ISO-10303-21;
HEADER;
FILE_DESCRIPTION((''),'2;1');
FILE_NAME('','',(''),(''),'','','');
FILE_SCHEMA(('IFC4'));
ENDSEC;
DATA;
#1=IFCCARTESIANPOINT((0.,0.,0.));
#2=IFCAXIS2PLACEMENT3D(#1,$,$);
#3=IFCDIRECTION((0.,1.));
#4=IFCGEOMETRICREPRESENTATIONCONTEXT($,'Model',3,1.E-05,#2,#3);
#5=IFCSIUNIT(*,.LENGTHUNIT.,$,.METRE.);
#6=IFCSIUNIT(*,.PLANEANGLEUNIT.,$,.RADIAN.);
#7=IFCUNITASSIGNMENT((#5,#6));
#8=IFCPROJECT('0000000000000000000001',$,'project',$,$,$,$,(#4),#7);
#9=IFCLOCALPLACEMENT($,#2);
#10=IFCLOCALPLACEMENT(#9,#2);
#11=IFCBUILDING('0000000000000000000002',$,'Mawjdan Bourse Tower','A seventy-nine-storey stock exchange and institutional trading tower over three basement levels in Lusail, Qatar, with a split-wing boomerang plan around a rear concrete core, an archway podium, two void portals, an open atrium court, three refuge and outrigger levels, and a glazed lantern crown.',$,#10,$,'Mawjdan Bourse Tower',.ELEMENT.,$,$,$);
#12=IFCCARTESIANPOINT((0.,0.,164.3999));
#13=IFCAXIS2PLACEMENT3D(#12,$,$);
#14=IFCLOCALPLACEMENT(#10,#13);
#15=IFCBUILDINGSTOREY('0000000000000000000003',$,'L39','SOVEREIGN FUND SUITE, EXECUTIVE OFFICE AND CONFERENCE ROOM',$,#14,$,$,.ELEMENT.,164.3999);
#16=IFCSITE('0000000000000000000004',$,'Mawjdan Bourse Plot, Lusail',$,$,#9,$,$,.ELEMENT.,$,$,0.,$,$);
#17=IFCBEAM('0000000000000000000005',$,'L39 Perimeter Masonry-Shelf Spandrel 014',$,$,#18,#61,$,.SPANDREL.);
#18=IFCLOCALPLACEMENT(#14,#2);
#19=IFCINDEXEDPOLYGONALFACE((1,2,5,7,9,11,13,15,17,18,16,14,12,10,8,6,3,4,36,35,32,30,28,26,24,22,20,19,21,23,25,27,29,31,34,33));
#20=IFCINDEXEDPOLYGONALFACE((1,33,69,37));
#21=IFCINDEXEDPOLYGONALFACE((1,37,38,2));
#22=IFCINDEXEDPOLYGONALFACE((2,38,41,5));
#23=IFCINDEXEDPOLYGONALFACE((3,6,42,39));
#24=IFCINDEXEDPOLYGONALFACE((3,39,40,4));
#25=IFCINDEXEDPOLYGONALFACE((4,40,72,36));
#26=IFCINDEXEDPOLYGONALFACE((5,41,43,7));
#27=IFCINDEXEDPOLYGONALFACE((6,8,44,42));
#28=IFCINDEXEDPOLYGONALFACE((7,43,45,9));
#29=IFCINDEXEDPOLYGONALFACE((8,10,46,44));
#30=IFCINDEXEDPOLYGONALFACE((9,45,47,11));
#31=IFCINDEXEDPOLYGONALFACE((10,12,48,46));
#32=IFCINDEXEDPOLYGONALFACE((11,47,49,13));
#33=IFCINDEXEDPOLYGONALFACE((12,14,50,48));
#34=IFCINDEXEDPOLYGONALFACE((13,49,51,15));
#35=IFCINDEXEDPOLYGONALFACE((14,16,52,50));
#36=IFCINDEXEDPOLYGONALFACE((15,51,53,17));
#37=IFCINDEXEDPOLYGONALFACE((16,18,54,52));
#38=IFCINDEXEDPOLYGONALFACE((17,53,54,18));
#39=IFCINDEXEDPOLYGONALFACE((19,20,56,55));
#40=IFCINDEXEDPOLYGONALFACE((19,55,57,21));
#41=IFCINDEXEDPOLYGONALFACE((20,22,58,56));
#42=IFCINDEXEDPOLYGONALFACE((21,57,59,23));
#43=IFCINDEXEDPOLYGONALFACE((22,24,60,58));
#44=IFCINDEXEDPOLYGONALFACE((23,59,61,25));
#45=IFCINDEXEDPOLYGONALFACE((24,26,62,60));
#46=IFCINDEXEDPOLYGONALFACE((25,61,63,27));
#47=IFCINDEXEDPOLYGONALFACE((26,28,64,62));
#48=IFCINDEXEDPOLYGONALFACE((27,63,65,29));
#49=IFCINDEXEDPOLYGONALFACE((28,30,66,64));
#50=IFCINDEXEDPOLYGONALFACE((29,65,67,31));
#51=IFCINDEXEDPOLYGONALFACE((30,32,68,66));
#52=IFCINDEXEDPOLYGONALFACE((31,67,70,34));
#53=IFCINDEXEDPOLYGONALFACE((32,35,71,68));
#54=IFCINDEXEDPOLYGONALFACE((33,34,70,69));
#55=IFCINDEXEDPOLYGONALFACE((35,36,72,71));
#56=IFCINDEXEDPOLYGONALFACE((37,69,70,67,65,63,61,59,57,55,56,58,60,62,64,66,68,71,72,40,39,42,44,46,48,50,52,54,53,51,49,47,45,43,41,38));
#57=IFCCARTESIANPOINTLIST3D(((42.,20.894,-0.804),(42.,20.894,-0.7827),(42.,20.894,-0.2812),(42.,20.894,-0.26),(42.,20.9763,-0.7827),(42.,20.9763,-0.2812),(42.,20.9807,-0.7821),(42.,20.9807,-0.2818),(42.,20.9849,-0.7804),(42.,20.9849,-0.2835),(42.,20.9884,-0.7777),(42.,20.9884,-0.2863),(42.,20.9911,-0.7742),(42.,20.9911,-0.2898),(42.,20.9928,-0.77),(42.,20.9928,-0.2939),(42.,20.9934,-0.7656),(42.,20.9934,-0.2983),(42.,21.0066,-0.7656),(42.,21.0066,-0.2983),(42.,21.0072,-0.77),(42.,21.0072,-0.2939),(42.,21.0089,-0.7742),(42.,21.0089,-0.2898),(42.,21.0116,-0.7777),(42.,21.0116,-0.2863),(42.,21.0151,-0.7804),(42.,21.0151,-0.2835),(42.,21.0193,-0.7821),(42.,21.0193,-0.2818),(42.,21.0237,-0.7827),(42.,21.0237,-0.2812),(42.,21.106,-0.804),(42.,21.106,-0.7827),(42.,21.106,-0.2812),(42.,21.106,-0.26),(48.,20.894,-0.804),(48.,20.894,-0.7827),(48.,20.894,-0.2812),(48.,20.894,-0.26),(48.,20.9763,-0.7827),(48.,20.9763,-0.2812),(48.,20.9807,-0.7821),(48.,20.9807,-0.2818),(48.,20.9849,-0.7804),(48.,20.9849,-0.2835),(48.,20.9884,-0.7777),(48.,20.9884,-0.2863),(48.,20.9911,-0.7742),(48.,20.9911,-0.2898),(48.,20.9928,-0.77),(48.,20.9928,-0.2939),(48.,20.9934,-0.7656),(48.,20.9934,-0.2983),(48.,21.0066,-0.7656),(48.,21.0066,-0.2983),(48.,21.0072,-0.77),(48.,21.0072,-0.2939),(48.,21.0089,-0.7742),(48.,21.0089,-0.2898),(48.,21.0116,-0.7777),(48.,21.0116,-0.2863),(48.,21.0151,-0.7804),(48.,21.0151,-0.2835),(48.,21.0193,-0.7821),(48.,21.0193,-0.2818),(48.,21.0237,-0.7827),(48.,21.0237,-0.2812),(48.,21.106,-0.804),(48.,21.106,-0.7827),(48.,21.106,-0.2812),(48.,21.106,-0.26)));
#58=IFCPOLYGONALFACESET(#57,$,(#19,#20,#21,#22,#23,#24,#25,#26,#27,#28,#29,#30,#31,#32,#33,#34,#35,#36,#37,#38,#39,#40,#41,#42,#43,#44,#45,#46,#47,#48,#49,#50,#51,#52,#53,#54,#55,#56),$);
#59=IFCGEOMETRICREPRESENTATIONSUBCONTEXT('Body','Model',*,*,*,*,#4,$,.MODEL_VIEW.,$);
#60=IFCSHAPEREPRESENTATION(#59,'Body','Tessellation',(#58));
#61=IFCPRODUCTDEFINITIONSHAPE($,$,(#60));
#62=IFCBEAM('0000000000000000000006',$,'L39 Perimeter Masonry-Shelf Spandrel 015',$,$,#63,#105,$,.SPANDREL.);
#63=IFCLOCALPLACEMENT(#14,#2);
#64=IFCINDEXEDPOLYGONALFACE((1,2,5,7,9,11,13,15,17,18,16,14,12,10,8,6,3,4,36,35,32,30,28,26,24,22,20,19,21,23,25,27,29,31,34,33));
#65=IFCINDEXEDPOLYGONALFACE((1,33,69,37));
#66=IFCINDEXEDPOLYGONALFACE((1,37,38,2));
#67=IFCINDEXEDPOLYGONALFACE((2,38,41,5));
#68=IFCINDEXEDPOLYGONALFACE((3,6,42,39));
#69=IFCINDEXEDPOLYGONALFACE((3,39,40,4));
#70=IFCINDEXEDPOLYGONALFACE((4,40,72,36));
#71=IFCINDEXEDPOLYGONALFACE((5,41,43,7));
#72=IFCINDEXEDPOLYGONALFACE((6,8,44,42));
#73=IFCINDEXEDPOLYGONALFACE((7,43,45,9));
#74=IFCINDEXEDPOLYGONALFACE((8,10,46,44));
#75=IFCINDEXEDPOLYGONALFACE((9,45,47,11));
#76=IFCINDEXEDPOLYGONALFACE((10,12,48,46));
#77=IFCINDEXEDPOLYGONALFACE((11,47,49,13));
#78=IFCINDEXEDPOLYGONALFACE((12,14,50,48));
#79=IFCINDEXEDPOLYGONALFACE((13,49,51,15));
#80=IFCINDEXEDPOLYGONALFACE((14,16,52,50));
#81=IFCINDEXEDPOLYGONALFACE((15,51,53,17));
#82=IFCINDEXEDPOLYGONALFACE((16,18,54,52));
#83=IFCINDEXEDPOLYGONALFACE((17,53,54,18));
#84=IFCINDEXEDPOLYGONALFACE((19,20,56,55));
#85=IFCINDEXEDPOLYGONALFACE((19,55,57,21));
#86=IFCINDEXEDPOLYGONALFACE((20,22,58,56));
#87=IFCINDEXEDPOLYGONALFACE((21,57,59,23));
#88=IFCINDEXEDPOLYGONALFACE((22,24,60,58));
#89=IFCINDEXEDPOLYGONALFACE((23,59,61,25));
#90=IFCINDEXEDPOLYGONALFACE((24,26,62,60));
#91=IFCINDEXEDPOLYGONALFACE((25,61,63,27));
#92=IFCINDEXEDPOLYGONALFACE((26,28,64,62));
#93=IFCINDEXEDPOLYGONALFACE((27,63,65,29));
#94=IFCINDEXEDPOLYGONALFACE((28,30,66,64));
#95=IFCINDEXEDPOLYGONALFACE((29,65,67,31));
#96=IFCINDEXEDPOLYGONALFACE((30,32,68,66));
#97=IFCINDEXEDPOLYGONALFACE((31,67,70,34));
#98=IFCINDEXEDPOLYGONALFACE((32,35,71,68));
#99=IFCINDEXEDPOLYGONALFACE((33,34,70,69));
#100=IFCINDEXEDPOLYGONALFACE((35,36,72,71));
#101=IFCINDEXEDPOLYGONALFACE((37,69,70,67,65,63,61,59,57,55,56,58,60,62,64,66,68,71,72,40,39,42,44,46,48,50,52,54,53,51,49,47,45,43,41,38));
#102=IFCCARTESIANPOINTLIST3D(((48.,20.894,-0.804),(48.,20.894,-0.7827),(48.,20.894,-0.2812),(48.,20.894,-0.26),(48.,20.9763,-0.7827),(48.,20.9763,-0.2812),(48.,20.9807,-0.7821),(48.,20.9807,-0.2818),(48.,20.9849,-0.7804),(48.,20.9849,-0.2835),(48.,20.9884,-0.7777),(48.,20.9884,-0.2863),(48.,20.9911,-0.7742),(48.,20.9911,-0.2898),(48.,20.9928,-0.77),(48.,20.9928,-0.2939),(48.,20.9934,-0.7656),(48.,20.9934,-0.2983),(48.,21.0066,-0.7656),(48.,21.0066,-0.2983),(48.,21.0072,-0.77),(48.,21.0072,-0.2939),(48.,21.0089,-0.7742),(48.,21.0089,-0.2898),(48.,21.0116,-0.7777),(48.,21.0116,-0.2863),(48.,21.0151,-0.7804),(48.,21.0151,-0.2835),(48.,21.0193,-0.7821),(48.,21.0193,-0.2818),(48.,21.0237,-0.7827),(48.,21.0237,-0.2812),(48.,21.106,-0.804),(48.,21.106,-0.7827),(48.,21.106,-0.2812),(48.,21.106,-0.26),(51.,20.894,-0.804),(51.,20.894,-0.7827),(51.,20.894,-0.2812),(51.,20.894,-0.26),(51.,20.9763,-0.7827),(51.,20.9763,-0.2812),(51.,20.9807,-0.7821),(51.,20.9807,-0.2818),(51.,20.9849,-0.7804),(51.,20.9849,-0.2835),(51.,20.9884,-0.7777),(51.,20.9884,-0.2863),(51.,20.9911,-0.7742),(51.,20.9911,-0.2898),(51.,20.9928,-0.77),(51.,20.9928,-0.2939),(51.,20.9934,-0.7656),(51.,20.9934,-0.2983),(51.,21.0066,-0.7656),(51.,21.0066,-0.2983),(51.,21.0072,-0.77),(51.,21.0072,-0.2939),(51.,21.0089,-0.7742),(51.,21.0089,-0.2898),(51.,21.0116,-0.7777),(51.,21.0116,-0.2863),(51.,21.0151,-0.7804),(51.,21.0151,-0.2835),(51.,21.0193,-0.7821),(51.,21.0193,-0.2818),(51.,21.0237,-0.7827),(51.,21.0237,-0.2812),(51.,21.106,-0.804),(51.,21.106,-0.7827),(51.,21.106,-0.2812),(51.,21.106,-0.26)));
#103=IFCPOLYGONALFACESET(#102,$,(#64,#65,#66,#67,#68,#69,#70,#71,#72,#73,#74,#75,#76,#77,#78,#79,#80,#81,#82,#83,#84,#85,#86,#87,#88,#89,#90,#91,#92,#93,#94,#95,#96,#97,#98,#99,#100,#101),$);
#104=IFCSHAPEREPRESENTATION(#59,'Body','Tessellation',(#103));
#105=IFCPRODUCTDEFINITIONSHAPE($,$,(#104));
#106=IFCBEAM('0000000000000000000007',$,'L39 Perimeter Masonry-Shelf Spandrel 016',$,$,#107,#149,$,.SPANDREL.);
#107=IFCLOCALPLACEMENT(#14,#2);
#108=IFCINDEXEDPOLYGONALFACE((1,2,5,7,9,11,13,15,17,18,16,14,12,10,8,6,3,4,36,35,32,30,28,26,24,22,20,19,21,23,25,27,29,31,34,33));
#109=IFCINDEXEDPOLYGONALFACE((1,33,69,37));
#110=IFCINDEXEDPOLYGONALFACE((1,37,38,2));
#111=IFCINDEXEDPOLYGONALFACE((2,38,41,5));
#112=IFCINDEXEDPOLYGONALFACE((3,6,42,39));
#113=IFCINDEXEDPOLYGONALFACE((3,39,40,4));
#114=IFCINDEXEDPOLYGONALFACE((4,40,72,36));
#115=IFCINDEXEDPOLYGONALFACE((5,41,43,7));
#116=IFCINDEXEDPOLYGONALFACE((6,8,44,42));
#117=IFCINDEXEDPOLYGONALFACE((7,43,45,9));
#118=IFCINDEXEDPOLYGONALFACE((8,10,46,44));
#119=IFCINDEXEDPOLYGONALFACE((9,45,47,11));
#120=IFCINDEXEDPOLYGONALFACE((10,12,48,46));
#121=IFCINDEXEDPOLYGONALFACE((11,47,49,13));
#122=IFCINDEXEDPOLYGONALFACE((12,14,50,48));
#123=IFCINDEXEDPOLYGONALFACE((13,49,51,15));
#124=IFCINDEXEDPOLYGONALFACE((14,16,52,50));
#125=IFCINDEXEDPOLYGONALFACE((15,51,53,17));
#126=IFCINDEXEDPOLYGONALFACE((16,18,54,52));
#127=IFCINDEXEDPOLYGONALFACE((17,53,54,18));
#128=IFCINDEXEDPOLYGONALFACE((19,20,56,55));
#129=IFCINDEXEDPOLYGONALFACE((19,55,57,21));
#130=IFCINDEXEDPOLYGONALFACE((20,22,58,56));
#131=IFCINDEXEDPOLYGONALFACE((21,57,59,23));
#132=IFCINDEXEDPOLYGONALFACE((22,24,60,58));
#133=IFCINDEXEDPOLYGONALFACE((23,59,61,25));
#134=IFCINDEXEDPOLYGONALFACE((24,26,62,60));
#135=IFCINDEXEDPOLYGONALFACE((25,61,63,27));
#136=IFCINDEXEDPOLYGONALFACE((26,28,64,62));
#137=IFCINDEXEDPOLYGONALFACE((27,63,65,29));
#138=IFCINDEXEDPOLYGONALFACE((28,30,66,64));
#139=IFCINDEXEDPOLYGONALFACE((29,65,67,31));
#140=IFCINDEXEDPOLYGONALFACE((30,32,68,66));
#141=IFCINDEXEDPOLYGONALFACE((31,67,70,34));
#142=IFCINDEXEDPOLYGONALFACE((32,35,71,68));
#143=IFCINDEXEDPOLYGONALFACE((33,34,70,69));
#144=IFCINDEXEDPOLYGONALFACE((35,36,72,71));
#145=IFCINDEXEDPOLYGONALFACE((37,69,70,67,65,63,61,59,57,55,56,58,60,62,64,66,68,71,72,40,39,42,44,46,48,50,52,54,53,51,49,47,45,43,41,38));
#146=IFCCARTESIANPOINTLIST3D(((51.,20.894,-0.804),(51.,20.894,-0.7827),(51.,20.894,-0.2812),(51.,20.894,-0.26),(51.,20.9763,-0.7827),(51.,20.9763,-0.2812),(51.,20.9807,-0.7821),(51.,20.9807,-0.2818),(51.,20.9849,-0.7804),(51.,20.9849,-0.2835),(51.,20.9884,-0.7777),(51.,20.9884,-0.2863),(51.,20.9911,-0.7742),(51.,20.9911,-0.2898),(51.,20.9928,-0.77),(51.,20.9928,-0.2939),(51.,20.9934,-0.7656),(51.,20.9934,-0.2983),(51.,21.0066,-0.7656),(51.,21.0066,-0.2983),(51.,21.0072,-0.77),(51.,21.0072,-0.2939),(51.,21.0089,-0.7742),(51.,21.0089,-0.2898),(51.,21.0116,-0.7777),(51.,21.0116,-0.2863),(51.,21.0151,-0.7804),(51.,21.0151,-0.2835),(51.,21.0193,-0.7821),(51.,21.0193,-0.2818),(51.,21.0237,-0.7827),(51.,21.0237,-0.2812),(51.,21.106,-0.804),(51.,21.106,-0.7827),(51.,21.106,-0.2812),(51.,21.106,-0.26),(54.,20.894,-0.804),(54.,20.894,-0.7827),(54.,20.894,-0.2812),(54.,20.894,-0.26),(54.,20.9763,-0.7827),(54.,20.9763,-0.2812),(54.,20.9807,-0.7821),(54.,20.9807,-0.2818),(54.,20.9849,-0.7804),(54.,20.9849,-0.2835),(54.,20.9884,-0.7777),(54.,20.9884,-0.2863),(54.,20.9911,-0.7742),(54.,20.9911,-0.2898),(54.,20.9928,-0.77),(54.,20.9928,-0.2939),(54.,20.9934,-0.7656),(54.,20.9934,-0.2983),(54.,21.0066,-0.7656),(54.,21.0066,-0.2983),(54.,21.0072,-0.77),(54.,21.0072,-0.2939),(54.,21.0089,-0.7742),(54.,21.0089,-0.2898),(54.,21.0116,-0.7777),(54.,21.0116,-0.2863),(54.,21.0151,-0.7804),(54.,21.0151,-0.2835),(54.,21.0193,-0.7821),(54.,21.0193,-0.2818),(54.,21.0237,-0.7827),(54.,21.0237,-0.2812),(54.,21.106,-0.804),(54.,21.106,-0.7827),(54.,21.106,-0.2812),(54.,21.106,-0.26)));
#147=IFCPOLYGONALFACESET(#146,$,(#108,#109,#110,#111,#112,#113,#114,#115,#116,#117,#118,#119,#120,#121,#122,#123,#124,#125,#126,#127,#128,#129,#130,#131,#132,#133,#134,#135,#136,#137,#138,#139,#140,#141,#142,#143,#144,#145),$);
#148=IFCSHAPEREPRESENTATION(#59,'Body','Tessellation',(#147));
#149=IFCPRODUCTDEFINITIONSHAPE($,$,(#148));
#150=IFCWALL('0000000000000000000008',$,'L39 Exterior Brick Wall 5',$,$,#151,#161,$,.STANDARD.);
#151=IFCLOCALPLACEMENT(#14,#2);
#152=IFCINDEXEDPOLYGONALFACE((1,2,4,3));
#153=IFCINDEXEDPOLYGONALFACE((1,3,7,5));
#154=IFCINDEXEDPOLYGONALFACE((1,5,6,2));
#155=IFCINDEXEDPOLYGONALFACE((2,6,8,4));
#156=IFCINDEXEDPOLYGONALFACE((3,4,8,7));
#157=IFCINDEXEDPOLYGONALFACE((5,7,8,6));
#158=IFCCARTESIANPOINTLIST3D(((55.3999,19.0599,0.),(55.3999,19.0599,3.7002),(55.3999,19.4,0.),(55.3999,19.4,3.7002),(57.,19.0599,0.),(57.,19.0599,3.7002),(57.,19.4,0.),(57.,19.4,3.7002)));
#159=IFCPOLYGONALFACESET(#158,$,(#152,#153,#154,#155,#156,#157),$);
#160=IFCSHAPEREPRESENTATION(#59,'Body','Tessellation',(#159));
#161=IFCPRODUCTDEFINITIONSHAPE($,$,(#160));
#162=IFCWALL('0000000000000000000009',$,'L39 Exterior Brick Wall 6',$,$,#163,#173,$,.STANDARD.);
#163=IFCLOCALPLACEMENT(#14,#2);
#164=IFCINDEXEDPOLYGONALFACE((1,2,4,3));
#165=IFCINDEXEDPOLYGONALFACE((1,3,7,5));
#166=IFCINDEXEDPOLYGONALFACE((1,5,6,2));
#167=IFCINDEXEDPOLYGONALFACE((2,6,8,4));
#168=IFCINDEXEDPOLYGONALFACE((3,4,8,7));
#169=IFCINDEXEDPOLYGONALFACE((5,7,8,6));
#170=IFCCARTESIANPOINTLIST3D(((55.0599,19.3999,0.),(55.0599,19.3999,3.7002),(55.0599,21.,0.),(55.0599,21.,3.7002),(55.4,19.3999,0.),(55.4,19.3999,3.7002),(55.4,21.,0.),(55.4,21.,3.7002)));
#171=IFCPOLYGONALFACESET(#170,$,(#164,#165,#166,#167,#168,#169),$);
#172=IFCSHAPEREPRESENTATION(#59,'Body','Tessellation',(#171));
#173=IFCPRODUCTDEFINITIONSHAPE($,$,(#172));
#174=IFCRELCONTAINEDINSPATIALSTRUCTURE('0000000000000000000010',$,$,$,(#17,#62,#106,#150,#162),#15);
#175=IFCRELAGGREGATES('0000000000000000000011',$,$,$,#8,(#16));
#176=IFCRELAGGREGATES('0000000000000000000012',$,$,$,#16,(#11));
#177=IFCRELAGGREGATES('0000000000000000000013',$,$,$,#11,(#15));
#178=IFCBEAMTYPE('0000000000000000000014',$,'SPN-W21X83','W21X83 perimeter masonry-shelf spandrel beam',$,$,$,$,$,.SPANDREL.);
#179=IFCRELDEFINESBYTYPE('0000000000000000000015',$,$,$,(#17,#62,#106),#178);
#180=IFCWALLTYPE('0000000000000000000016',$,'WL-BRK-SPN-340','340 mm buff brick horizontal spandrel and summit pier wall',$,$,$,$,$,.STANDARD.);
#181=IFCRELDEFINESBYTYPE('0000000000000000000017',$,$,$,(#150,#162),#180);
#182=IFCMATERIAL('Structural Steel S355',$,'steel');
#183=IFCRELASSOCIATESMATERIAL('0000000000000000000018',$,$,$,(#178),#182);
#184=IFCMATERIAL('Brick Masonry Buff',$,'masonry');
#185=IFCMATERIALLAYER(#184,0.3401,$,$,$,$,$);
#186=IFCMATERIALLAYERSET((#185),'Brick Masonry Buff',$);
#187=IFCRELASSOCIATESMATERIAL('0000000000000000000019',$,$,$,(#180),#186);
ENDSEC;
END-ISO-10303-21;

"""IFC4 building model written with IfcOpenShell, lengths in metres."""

from ifc_helpers import new_model, si_unit, direction, frame, frame_2d, origin, origin_2d, place, context, subcontext, project, spatial, rectangle, i_section, extrude, material, layer, layer_set, material_profile, profile_set, type_object, element, save


model = new_model("IFC4")

# Units and contexts
model_context = context("Model", 3, precision=1e-05, world=origin(), true_north=direction((0.0, 1.0)))
body_context = subcontext(model_context, "Body", "Model", "MODEL_VIEW")
ifc_project = project(units=[si_unit("LENGTHUNIT", "METRE"), si_unit("PLANEANGLEUNIT", "RADIAN")], contexts=[model_context])

# Site, building, storey
site_placement = place(None, origin())
site = spatial("IfcSite", under=ifc_project, at=site_placement, Name="Mawjdan Bourse Plot, Lusail", CompositionType="ELEMENT", RefElevation=0.0)
building_placement = place(site_placement, origin())
building = spatial("IfcBuilding", under=site, at=building_placement, Name="Mawjdan Bourse Tower", Description="A seventy-nine-storey stock exchange and institutional trading tower over three basement levels in Lusail, Qatar, with a split-wing boomerang plan around a rear concrete core, an archway podium, two void portals, an open atrium court, three refuge and outrigger levels, and a glazed lantern crown.", LongName="Mawjdan Bourse Tower", CompositionType="ELEMENT")
storey_placement = place(building_placement, frame((0.0, 0.0, 164.3999)))
storey = spatial("IfcBuildingStorey", under=building, at=storey_placement, Name="L39", Description="SOVEREIGN FUND SUITE, EXECUTIVE OFFICE AND CONFERENCE ROOM", CompositionType="ELEMENT", Elevation=164.3999)

# Beams
ifc_material_1 = material(Name="Structural Steel S355", Category="steel")
ifc_material_profile_1 = material_profile(ifc_material_1, i_section(OverallWidth=0.2119, OverallDepth=0.5439, WebThickness=0.0132, FlangeThickness=0.0212, FilletRadius=0.0171, at=origin_2d()), Name="W21X83")
ifc_profile_set_1 = profile_set([ifc_material_profile_1], Name="Structural Steel S355")
beam_type_1 = type_object("IfcBeamType", Name="SPN-W21X83", Description="W21X83 perimeter masonry-shelf spandrel beam", PredefinedType="SPANDREL", material=ifc_profile_set_1)
beam_1_placement = place(storey_placement, frame((42.0, 21.0, -0.532), z_axis=(1.0, 0.0, 0.0), x_axis=(0.0, 1.0, 0.0)))
element("IfcBeam", 1, at=beam_1_placement, inside=storey, type_object=beam_type_1, Name="L39 Perimeter Masonry-Shelf Spandrel 014", PredefinedType="SPANDREL", context=body_context, shape_type="SweptSolid", body=[
    extrude(i_section(OverallWidth=0.2119, OverallDepth=0.5439, WebThickness=0.0132, FlangeThickness=0.0212, FilletRadius=0.0171, at=origin_2d()), origin(), (0.0, 0.0, 1.0), 6.0),
])
for number, where, z_axis, x_axis, name in (
    (2, (48.0, 21.0, -0.532), (1.0, 0.0, 0.0), (0.0, 1.0, 0.0), "L39 Perimeter Masonry-Shelf Spandrel 015"),
    (3, (51.0, 21.0, -0.532), (1.0, 0.0, 0.0), (0.0, 1.0, 0.0), "L39 Perimeter Masonry-Shelf Spandrel 016"),
):
    element("IfcBeam", number, at=place(storey_placement, frame(where, z_axis=z_axis, x_axis=x_axis)), inside=storey, type_object=beam_type_1, Name=name, PredefinedType="SPANDREL", context=body_context, shape_type="SweptSolid", body=[
        extrude(i_section(OverallWidth=0.2119, OverallDepth=0.5439, WebThickness=0.0132, FlangeThickness=0.0212, FilletRadius=0.0171, at=origin_2d()), origin(), (0.0, 0.0, 1.0), 3.0),
    ])

# Walls
ifc_material_2 = material(Name="Brick Masonry Buff", Category="masonry")
ifc_layer_1 = layer(ifc_material_2, 0.3401)
ifc_layer_set_1 = layer_set([ifc_layer_1], Name="Brick Masonry Buff")
wall_type_1 = type_object("IfcWallType", Name="WL-BRK-SPN-340", Description="340 mm buff brick horizontal spandrel and summit pier wall", PredefinedType="STANDARD", material=ifc_layer_set_1)
for number, where, z_axis, x_axis, name in (
    (4, (57.0, 19.23, 0.0), (0.0, 0.0, 1.0), (-1.0, 0.0, 0.0), "L39 Exterior Brick Wall 5"),
    (5, (55.23, 19.3999, 0.0), (0.0, 0.0, 1.0), (0.0, 1.0, 0.0), "L39 Exterior Brick Wall 6"),
):
    element("IfcWall", number, at=place(storey_placement, frame(where, z_axis=z_axis, x_axis=x_axis)), inside=storey, type_object=wall_type_1, Name=name, PredefinedType="STANDARD", context=body_context, shape_type="SweptSolid", body=[
        extrude(rectangle(XDim=1.6001, YDim=0.3401, at=frame_2d((0.8, 0.0))), origin(), (0.0, 0.0, 1.0), 3.7002),
    ])

save(model, "model.ifc")
